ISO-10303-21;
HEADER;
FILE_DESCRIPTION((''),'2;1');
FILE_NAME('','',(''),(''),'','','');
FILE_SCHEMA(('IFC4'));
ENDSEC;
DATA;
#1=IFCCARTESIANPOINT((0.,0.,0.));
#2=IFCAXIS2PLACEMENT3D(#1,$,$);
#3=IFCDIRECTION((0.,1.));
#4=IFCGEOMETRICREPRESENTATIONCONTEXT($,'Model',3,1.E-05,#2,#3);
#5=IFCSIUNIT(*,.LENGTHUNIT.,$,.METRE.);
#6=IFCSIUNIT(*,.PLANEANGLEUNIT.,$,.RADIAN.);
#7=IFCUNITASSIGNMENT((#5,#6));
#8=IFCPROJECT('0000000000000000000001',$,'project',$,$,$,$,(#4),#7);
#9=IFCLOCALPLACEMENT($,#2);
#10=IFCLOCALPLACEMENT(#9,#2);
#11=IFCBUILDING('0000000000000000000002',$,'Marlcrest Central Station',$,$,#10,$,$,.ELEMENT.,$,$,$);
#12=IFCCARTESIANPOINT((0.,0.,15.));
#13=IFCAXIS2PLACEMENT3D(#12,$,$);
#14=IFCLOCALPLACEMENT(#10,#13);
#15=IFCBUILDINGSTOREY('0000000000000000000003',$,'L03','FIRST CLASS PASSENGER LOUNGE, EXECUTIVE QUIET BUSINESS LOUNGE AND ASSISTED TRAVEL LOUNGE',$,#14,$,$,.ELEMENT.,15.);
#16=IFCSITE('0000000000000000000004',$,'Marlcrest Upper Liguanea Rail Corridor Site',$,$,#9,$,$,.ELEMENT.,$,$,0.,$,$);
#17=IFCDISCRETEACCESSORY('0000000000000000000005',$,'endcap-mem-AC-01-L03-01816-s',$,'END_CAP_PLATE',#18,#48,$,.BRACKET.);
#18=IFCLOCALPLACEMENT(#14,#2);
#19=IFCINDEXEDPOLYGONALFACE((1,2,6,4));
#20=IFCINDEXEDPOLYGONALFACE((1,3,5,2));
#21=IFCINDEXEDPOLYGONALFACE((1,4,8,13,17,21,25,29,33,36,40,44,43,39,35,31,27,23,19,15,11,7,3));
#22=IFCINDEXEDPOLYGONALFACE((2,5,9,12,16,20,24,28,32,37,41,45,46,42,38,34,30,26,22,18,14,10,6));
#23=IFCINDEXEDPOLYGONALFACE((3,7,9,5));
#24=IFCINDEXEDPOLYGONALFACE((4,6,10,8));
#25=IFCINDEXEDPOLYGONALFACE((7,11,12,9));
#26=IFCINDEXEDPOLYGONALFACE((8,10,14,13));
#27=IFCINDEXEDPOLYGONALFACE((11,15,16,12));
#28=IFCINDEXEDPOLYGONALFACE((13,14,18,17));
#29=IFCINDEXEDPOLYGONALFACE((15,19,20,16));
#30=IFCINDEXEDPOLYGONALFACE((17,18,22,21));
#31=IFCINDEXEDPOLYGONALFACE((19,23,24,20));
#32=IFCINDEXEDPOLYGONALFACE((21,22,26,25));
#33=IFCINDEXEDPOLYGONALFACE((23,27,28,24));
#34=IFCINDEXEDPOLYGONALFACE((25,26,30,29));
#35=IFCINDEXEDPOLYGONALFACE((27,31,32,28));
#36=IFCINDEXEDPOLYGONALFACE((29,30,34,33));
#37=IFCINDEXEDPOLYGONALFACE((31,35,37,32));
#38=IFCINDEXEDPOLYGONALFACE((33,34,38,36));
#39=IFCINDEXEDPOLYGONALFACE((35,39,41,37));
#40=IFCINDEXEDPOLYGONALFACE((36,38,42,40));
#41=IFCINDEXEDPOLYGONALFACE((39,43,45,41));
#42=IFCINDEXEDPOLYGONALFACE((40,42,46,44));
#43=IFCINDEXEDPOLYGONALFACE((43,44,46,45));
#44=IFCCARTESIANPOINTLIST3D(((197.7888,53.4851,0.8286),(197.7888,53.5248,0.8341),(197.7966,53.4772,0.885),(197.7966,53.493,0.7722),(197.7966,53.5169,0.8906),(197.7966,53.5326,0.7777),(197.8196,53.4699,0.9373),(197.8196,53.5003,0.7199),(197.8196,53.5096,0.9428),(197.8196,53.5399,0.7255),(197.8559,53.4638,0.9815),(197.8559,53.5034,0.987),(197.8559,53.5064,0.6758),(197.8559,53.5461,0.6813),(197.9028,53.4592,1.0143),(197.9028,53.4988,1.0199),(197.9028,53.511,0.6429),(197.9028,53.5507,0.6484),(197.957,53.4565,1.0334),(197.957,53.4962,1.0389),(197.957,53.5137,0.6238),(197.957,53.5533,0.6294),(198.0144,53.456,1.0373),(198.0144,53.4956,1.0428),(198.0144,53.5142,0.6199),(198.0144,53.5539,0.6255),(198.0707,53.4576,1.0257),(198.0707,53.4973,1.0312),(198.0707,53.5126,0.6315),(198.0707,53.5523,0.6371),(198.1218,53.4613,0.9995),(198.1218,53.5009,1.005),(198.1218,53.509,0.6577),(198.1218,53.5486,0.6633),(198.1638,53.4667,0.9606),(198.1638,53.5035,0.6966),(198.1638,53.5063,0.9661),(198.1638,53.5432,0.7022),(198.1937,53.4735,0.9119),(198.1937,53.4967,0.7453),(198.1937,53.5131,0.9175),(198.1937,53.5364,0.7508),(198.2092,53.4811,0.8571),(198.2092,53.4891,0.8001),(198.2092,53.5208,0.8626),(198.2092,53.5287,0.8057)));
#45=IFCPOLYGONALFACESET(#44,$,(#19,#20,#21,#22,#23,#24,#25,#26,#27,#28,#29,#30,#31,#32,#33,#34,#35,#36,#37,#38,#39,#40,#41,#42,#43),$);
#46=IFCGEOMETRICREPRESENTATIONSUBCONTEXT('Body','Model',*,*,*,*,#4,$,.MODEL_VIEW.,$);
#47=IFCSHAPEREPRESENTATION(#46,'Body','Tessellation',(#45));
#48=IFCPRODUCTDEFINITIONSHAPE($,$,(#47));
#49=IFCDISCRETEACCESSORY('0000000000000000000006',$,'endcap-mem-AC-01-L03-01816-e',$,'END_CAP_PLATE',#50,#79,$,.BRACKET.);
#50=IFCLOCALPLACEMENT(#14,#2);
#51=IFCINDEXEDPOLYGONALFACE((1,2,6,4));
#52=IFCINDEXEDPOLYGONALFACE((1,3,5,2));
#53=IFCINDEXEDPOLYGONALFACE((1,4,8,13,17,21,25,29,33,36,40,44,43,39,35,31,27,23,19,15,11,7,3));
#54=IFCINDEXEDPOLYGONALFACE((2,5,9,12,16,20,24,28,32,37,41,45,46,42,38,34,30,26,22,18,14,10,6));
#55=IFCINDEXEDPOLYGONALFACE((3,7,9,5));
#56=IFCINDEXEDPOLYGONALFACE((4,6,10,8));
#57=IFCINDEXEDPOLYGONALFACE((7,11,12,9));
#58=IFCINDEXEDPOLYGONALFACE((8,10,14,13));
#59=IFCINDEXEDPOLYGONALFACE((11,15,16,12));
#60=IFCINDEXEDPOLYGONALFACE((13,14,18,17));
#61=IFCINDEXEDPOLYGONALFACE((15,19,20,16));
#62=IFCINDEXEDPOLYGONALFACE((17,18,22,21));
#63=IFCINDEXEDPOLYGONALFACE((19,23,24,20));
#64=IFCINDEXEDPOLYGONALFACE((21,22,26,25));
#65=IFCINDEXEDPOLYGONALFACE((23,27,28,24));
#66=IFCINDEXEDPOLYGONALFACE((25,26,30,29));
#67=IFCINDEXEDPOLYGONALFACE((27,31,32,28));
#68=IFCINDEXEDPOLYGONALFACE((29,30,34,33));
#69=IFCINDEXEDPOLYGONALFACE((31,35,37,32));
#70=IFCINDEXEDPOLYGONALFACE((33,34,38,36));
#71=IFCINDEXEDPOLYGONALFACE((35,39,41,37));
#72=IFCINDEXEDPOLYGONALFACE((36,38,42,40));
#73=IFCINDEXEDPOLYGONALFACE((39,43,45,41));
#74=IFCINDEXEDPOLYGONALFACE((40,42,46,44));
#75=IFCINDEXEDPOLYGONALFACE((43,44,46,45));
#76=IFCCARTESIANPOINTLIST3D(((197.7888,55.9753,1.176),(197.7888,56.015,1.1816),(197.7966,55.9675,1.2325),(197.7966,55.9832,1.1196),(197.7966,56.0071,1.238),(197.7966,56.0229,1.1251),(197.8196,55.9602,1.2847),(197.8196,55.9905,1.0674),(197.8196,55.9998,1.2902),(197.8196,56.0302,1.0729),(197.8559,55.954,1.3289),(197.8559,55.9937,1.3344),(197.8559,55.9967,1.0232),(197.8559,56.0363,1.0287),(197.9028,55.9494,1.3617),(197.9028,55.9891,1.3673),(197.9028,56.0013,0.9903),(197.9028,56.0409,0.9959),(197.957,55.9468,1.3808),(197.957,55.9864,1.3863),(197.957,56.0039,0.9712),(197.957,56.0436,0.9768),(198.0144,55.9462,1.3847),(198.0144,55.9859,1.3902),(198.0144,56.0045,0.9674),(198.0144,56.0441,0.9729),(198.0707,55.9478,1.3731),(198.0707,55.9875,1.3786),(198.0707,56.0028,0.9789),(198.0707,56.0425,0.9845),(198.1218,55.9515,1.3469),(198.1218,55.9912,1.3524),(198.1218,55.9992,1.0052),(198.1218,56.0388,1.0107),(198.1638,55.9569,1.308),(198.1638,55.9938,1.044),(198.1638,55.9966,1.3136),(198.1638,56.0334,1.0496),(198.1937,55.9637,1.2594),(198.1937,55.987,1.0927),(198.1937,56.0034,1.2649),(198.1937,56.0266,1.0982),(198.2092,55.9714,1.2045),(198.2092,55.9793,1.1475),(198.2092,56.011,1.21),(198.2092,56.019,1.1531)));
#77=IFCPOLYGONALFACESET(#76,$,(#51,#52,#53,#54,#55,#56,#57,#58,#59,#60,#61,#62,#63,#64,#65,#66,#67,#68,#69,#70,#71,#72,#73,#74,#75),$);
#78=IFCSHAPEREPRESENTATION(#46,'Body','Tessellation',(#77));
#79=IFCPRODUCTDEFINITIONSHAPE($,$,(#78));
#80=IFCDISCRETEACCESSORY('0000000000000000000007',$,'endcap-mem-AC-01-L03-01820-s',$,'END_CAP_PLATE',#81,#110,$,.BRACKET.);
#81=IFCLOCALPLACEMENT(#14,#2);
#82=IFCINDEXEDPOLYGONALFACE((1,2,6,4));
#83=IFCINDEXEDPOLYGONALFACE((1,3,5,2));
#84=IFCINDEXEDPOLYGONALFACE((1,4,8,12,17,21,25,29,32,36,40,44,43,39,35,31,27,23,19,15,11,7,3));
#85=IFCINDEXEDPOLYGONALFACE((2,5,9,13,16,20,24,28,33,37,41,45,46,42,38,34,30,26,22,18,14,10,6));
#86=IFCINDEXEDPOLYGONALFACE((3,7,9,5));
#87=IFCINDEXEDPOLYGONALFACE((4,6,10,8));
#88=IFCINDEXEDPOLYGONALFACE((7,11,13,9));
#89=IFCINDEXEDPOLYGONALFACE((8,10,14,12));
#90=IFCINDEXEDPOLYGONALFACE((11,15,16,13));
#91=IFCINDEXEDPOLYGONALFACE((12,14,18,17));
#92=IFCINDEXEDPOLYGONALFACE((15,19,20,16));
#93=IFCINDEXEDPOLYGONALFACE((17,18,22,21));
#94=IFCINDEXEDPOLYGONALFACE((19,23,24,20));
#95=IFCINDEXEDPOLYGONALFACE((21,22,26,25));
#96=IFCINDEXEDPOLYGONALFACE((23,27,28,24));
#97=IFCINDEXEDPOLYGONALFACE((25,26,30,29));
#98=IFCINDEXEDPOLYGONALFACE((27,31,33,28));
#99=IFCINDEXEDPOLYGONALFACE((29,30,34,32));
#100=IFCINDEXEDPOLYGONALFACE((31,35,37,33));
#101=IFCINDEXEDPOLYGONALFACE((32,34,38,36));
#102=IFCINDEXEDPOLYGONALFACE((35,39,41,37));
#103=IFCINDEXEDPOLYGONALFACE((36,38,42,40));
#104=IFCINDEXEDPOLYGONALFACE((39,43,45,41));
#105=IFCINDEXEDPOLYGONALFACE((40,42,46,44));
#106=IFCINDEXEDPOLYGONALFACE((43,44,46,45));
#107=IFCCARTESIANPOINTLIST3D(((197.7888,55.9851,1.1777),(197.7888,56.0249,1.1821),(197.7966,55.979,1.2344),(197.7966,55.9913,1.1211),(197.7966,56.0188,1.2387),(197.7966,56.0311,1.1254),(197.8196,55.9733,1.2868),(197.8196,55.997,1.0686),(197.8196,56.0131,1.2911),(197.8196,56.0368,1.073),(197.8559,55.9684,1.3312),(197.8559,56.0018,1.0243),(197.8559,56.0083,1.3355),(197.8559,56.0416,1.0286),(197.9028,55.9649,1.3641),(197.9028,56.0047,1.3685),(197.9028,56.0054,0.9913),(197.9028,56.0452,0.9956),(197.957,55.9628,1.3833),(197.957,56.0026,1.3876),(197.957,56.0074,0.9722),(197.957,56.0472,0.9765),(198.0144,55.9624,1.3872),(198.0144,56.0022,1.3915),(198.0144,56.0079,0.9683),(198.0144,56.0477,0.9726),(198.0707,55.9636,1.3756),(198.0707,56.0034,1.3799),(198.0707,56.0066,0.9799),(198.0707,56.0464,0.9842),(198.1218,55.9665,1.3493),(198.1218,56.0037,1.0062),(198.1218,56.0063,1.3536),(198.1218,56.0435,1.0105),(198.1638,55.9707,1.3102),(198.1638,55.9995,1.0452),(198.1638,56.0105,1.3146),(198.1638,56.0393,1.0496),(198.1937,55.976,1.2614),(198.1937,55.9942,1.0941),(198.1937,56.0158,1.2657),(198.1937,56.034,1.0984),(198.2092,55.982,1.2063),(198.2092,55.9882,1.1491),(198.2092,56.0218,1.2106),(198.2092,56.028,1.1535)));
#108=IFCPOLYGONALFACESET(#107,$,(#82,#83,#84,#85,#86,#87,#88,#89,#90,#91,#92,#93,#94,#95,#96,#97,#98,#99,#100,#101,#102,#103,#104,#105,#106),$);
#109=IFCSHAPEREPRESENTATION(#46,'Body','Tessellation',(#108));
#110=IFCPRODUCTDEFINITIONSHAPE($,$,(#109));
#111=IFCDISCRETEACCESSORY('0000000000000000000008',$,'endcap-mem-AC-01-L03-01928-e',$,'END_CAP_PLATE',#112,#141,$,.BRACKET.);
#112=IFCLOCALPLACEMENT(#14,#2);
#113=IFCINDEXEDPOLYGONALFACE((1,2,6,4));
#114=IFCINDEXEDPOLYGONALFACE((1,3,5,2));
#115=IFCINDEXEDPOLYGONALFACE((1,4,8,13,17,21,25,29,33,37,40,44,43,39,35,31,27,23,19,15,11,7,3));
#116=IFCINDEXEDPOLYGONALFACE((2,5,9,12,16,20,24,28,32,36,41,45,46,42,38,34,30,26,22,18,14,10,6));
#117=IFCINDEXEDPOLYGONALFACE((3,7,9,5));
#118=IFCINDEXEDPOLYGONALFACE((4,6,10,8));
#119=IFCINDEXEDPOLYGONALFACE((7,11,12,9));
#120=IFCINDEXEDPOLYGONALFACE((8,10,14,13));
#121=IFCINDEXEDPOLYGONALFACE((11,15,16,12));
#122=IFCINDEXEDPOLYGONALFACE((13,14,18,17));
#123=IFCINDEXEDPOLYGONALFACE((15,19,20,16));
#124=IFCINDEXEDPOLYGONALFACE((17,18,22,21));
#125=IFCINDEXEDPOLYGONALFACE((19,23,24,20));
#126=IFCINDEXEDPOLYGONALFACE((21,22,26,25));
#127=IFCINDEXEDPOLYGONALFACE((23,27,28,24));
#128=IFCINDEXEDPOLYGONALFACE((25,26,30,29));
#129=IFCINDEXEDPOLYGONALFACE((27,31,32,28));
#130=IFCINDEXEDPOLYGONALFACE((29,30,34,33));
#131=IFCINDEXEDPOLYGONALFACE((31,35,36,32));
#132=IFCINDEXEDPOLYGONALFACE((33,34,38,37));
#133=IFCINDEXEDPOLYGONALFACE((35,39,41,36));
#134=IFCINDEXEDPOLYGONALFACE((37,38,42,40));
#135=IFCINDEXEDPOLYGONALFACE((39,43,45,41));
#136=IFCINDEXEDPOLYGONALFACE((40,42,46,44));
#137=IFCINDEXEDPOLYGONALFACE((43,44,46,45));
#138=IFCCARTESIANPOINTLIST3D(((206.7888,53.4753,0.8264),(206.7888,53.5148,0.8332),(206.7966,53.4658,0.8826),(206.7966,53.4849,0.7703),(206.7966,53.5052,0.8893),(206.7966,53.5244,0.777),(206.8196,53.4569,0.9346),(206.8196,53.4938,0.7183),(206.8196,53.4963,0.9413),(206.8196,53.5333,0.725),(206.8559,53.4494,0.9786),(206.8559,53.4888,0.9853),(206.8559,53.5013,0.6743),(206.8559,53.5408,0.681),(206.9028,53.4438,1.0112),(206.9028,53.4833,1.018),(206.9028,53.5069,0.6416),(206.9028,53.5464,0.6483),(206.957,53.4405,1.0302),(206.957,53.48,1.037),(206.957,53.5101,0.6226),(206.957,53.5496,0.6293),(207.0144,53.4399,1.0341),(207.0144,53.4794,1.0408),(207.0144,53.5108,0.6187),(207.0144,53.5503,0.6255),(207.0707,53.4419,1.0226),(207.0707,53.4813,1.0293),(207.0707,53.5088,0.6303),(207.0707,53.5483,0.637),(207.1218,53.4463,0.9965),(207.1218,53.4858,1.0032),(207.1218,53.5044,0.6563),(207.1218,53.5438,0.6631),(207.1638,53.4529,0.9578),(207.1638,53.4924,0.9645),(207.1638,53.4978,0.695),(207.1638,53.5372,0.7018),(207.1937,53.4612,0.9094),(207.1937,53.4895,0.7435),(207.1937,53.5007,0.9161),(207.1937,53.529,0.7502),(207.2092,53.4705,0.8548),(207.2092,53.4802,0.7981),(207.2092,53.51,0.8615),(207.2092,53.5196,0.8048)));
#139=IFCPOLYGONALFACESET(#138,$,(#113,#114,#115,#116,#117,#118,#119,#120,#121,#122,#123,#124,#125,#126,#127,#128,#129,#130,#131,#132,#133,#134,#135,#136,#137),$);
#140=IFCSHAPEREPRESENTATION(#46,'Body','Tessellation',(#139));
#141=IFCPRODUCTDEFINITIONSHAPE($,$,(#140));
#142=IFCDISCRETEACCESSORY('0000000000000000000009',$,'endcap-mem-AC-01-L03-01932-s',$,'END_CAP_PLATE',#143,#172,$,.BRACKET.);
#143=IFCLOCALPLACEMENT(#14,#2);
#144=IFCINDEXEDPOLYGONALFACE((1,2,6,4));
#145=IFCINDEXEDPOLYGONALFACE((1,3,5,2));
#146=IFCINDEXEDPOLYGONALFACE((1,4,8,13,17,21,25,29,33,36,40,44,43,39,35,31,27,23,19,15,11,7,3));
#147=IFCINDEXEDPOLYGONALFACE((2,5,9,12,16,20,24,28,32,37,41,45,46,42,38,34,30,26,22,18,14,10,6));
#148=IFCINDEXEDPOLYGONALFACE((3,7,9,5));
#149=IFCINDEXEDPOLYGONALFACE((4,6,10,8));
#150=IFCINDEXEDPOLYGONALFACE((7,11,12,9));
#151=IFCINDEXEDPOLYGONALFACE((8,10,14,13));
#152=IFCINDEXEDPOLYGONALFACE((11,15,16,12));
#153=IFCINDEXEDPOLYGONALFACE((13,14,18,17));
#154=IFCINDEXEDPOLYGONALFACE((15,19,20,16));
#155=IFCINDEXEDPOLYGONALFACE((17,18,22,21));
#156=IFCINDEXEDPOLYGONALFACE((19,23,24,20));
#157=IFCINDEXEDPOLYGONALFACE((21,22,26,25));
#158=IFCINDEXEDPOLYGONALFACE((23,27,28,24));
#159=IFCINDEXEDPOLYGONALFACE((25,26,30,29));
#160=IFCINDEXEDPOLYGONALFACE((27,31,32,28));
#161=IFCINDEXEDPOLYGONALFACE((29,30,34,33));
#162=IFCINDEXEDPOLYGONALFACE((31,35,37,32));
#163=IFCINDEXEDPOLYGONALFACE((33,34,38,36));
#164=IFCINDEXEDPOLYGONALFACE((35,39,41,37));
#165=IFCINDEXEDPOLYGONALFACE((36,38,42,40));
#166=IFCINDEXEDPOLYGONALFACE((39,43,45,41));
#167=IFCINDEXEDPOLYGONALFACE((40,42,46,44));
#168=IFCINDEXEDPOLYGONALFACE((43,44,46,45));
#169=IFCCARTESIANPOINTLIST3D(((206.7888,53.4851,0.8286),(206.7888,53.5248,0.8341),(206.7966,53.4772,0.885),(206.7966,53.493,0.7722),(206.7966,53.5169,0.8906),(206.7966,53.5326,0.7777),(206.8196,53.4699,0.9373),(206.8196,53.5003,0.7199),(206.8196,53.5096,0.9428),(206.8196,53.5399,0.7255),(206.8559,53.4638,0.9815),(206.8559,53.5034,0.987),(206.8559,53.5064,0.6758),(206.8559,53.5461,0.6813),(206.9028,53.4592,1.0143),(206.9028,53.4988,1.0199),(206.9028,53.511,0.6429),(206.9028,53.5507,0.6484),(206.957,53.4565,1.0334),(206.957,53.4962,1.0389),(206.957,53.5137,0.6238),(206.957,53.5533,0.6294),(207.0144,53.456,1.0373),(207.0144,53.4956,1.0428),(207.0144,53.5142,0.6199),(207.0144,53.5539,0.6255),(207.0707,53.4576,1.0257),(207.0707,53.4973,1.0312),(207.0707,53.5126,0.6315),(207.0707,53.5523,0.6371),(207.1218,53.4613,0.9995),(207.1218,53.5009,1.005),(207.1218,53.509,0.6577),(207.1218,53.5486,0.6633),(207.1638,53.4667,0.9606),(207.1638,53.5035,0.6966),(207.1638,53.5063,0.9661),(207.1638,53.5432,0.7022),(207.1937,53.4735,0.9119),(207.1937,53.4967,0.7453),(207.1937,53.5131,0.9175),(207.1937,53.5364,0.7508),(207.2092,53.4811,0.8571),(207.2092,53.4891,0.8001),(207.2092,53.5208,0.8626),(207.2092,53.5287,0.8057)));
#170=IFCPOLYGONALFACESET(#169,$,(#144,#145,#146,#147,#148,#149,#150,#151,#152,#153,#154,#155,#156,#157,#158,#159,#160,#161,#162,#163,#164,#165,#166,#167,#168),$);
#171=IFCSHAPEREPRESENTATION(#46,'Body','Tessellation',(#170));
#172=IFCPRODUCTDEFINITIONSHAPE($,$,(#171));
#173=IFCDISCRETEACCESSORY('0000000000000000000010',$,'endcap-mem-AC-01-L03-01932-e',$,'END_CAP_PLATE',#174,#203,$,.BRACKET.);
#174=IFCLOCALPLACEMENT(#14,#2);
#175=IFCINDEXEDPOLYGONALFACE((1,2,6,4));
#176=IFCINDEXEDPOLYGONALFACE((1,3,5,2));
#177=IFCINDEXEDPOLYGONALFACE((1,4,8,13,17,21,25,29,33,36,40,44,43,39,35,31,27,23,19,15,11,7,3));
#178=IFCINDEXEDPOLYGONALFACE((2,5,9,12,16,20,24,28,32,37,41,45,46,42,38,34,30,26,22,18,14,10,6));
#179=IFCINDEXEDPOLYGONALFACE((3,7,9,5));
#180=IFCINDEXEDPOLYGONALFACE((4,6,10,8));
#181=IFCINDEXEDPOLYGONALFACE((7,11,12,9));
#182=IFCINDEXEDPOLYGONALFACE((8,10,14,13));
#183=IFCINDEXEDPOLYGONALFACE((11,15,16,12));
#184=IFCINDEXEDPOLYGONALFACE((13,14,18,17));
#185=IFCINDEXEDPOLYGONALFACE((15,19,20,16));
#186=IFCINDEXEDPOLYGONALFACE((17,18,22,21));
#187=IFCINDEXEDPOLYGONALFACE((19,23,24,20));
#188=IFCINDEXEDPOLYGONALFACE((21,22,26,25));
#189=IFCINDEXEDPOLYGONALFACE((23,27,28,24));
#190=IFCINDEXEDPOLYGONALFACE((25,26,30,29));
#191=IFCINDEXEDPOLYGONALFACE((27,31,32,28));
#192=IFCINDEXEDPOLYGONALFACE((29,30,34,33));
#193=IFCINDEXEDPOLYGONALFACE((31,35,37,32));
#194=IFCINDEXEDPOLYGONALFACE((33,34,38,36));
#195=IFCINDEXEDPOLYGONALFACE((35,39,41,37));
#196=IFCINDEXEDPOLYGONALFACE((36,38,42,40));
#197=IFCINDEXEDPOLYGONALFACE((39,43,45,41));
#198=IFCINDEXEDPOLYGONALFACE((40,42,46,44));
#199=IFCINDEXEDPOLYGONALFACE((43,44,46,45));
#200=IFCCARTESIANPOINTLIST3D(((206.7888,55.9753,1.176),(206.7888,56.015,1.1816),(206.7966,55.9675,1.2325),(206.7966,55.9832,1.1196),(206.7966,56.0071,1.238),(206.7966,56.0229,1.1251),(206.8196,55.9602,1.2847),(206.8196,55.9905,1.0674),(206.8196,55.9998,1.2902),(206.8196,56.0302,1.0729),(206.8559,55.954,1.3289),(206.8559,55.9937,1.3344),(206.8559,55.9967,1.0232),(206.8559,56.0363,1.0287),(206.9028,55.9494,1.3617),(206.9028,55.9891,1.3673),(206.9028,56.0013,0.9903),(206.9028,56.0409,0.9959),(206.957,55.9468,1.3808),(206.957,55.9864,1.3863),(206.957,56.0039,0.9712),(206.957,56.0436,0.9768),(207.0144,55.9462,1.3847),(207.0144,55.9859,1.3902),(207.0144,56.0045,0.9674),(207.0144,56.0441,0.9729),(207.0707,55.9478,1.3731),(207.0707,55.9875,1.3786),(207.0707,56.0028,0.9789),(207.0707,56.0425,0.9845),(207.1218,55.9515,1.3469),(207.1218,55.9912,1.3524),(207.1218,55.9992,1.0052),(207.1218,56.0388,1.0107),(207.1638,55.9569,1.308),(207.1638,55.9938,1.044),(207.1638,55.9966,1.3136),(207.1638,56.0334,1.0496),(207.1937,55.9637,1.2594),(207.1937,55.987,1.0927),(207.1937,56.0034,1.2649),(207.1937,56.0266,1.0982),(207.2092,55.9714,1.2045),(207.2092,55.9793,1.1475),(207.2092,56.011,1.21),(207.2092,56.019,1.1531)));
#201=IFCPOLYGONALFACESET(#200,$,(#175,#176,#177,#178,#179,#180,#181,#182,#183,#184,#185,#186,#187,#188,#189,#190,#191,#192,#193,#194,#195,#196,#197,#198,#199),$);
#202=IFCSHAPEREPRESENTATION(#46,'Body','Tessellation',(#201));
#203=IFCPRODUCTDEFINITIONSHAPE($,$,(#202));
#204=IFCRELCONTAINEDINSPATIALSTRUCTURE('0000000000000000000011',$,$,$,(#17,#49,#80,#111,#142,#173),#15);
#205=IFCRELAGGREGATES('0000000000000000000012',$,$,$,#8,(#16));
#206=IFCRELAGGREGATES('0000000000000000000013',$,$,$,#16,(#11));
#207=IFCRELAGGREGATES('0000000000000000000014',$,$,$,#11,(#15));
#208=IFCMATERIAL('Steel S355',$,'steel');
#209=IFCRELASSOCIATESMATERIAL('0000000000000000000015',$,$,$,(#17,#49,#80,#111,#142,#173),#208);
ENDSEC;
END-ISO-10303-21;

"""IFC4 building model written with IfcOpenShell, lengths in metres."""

from ifc_helpers import new_model, si_unit, direction, frame, origin, origin_2d, place, context, subcontext, project, spatial, circle, extrude, material, element, save


model = new_model("IFC4")

# Units and contexts
model_context = context("Model", 3, precision=1e-05, world=origin(), true_north=direction((0.0, 1.0)))
body_context = subcontext(model_context, "Body", "Model", "MODEL_VIEW")
ifc_project = project(units=[si_unit("LENGTHUNIT", "METRE"), si_unit("PLANEANGLEUNIT", "RADIAN")], contexts=[model_context])

# Site, building, storey
site_placement = place(None, origin())
site = spatial("IfcSite", under=ifc_project, at=site_placement, Name="Marlcrest Upper Liguanea Rail Corridor Site", CompositionType="ELEMENT", RefElevation=0.0)
building_placement = place(site_placement, origin())
building = spatial("IfcBuilding", under=site, at=building_placement, Name="Marlcrest Central Station", CompositionType="ELEMENT")
storey_placement = place(building_placement, frame((0.0, 0.0, 15.0)))
storey = spatial("IfcBuildingStorey", under=building, at=storey_placement, Name="L03", Description="FIRST CLASS PASSENGER LOUNGE, EXECUTIVE QUIET BUSINESS LOUNGE AND ASSISTED TRAVEL LOUNGE", CompositionType="ELEMENT", Elevation=15.0)

# Shared definitions
ifc_material_1 = material(Name="Steel S355", Category="steel")

# Discrete accessories
for number, where, z_axis, x_axis, name in (
    (1, (198.0, 53.4851, 0.8286), (0.0, 0.990403, 0.138211), (-1.0, 0.0, 0.0), "endcap-mem-AC-01-L03-01816-s"),
    (2, (198.0, 55.9753, 1.176), (0.0, 0.990403, 0.138211), (-1.0, 0.0, 0.0), "endcap-mem-AC-01-L03-01816-e"),
    (3, (198.0, 55.9851, 1.1777), (0.0, 0.994155, 0.107959), (-1.0, 0.0, 0.0), "endcap-mem-AC-01-L03-01820-s"),
    (4, (207.0, 53.4753, 0.8264), (0.0, 0.985741, 0.168269), (-1.0, 0.0, 0.0), "endcap-mem-AC-01-L03-01928-e"),
    (5, (207.0, 53.4851, 0.8286), (0.0, 0.990403, 0.138211), (-1.0, 0.0, 0.0), "endcap-mem-AC-01-L03-01932-s"),
    (6, (207.0, 55.9753, 1.176), (0.0, 0.990403, 0.138211), (-1.0, 0.0, 0.0), "endcap-mem-AC-01-L03-01932-e"),
):
    element("IfcDiscreteAccessory", number, at=place(storey_placement, frame(where, z_axis=z_axis, x_axis=x_axis)), inside=storey, material=ifc_material_1, Name=name, ObjectType="END_CAP_PLATE", PredefinedType="BRACKET", context=body_context, shape_type="SweptSolid", body=[
        extrude(circle(Radius=0.2112, at=origin_2d()), origin(), (0.0, 0.0, 1.0), 0.04),
    ])

save(model, "model.ifc")
